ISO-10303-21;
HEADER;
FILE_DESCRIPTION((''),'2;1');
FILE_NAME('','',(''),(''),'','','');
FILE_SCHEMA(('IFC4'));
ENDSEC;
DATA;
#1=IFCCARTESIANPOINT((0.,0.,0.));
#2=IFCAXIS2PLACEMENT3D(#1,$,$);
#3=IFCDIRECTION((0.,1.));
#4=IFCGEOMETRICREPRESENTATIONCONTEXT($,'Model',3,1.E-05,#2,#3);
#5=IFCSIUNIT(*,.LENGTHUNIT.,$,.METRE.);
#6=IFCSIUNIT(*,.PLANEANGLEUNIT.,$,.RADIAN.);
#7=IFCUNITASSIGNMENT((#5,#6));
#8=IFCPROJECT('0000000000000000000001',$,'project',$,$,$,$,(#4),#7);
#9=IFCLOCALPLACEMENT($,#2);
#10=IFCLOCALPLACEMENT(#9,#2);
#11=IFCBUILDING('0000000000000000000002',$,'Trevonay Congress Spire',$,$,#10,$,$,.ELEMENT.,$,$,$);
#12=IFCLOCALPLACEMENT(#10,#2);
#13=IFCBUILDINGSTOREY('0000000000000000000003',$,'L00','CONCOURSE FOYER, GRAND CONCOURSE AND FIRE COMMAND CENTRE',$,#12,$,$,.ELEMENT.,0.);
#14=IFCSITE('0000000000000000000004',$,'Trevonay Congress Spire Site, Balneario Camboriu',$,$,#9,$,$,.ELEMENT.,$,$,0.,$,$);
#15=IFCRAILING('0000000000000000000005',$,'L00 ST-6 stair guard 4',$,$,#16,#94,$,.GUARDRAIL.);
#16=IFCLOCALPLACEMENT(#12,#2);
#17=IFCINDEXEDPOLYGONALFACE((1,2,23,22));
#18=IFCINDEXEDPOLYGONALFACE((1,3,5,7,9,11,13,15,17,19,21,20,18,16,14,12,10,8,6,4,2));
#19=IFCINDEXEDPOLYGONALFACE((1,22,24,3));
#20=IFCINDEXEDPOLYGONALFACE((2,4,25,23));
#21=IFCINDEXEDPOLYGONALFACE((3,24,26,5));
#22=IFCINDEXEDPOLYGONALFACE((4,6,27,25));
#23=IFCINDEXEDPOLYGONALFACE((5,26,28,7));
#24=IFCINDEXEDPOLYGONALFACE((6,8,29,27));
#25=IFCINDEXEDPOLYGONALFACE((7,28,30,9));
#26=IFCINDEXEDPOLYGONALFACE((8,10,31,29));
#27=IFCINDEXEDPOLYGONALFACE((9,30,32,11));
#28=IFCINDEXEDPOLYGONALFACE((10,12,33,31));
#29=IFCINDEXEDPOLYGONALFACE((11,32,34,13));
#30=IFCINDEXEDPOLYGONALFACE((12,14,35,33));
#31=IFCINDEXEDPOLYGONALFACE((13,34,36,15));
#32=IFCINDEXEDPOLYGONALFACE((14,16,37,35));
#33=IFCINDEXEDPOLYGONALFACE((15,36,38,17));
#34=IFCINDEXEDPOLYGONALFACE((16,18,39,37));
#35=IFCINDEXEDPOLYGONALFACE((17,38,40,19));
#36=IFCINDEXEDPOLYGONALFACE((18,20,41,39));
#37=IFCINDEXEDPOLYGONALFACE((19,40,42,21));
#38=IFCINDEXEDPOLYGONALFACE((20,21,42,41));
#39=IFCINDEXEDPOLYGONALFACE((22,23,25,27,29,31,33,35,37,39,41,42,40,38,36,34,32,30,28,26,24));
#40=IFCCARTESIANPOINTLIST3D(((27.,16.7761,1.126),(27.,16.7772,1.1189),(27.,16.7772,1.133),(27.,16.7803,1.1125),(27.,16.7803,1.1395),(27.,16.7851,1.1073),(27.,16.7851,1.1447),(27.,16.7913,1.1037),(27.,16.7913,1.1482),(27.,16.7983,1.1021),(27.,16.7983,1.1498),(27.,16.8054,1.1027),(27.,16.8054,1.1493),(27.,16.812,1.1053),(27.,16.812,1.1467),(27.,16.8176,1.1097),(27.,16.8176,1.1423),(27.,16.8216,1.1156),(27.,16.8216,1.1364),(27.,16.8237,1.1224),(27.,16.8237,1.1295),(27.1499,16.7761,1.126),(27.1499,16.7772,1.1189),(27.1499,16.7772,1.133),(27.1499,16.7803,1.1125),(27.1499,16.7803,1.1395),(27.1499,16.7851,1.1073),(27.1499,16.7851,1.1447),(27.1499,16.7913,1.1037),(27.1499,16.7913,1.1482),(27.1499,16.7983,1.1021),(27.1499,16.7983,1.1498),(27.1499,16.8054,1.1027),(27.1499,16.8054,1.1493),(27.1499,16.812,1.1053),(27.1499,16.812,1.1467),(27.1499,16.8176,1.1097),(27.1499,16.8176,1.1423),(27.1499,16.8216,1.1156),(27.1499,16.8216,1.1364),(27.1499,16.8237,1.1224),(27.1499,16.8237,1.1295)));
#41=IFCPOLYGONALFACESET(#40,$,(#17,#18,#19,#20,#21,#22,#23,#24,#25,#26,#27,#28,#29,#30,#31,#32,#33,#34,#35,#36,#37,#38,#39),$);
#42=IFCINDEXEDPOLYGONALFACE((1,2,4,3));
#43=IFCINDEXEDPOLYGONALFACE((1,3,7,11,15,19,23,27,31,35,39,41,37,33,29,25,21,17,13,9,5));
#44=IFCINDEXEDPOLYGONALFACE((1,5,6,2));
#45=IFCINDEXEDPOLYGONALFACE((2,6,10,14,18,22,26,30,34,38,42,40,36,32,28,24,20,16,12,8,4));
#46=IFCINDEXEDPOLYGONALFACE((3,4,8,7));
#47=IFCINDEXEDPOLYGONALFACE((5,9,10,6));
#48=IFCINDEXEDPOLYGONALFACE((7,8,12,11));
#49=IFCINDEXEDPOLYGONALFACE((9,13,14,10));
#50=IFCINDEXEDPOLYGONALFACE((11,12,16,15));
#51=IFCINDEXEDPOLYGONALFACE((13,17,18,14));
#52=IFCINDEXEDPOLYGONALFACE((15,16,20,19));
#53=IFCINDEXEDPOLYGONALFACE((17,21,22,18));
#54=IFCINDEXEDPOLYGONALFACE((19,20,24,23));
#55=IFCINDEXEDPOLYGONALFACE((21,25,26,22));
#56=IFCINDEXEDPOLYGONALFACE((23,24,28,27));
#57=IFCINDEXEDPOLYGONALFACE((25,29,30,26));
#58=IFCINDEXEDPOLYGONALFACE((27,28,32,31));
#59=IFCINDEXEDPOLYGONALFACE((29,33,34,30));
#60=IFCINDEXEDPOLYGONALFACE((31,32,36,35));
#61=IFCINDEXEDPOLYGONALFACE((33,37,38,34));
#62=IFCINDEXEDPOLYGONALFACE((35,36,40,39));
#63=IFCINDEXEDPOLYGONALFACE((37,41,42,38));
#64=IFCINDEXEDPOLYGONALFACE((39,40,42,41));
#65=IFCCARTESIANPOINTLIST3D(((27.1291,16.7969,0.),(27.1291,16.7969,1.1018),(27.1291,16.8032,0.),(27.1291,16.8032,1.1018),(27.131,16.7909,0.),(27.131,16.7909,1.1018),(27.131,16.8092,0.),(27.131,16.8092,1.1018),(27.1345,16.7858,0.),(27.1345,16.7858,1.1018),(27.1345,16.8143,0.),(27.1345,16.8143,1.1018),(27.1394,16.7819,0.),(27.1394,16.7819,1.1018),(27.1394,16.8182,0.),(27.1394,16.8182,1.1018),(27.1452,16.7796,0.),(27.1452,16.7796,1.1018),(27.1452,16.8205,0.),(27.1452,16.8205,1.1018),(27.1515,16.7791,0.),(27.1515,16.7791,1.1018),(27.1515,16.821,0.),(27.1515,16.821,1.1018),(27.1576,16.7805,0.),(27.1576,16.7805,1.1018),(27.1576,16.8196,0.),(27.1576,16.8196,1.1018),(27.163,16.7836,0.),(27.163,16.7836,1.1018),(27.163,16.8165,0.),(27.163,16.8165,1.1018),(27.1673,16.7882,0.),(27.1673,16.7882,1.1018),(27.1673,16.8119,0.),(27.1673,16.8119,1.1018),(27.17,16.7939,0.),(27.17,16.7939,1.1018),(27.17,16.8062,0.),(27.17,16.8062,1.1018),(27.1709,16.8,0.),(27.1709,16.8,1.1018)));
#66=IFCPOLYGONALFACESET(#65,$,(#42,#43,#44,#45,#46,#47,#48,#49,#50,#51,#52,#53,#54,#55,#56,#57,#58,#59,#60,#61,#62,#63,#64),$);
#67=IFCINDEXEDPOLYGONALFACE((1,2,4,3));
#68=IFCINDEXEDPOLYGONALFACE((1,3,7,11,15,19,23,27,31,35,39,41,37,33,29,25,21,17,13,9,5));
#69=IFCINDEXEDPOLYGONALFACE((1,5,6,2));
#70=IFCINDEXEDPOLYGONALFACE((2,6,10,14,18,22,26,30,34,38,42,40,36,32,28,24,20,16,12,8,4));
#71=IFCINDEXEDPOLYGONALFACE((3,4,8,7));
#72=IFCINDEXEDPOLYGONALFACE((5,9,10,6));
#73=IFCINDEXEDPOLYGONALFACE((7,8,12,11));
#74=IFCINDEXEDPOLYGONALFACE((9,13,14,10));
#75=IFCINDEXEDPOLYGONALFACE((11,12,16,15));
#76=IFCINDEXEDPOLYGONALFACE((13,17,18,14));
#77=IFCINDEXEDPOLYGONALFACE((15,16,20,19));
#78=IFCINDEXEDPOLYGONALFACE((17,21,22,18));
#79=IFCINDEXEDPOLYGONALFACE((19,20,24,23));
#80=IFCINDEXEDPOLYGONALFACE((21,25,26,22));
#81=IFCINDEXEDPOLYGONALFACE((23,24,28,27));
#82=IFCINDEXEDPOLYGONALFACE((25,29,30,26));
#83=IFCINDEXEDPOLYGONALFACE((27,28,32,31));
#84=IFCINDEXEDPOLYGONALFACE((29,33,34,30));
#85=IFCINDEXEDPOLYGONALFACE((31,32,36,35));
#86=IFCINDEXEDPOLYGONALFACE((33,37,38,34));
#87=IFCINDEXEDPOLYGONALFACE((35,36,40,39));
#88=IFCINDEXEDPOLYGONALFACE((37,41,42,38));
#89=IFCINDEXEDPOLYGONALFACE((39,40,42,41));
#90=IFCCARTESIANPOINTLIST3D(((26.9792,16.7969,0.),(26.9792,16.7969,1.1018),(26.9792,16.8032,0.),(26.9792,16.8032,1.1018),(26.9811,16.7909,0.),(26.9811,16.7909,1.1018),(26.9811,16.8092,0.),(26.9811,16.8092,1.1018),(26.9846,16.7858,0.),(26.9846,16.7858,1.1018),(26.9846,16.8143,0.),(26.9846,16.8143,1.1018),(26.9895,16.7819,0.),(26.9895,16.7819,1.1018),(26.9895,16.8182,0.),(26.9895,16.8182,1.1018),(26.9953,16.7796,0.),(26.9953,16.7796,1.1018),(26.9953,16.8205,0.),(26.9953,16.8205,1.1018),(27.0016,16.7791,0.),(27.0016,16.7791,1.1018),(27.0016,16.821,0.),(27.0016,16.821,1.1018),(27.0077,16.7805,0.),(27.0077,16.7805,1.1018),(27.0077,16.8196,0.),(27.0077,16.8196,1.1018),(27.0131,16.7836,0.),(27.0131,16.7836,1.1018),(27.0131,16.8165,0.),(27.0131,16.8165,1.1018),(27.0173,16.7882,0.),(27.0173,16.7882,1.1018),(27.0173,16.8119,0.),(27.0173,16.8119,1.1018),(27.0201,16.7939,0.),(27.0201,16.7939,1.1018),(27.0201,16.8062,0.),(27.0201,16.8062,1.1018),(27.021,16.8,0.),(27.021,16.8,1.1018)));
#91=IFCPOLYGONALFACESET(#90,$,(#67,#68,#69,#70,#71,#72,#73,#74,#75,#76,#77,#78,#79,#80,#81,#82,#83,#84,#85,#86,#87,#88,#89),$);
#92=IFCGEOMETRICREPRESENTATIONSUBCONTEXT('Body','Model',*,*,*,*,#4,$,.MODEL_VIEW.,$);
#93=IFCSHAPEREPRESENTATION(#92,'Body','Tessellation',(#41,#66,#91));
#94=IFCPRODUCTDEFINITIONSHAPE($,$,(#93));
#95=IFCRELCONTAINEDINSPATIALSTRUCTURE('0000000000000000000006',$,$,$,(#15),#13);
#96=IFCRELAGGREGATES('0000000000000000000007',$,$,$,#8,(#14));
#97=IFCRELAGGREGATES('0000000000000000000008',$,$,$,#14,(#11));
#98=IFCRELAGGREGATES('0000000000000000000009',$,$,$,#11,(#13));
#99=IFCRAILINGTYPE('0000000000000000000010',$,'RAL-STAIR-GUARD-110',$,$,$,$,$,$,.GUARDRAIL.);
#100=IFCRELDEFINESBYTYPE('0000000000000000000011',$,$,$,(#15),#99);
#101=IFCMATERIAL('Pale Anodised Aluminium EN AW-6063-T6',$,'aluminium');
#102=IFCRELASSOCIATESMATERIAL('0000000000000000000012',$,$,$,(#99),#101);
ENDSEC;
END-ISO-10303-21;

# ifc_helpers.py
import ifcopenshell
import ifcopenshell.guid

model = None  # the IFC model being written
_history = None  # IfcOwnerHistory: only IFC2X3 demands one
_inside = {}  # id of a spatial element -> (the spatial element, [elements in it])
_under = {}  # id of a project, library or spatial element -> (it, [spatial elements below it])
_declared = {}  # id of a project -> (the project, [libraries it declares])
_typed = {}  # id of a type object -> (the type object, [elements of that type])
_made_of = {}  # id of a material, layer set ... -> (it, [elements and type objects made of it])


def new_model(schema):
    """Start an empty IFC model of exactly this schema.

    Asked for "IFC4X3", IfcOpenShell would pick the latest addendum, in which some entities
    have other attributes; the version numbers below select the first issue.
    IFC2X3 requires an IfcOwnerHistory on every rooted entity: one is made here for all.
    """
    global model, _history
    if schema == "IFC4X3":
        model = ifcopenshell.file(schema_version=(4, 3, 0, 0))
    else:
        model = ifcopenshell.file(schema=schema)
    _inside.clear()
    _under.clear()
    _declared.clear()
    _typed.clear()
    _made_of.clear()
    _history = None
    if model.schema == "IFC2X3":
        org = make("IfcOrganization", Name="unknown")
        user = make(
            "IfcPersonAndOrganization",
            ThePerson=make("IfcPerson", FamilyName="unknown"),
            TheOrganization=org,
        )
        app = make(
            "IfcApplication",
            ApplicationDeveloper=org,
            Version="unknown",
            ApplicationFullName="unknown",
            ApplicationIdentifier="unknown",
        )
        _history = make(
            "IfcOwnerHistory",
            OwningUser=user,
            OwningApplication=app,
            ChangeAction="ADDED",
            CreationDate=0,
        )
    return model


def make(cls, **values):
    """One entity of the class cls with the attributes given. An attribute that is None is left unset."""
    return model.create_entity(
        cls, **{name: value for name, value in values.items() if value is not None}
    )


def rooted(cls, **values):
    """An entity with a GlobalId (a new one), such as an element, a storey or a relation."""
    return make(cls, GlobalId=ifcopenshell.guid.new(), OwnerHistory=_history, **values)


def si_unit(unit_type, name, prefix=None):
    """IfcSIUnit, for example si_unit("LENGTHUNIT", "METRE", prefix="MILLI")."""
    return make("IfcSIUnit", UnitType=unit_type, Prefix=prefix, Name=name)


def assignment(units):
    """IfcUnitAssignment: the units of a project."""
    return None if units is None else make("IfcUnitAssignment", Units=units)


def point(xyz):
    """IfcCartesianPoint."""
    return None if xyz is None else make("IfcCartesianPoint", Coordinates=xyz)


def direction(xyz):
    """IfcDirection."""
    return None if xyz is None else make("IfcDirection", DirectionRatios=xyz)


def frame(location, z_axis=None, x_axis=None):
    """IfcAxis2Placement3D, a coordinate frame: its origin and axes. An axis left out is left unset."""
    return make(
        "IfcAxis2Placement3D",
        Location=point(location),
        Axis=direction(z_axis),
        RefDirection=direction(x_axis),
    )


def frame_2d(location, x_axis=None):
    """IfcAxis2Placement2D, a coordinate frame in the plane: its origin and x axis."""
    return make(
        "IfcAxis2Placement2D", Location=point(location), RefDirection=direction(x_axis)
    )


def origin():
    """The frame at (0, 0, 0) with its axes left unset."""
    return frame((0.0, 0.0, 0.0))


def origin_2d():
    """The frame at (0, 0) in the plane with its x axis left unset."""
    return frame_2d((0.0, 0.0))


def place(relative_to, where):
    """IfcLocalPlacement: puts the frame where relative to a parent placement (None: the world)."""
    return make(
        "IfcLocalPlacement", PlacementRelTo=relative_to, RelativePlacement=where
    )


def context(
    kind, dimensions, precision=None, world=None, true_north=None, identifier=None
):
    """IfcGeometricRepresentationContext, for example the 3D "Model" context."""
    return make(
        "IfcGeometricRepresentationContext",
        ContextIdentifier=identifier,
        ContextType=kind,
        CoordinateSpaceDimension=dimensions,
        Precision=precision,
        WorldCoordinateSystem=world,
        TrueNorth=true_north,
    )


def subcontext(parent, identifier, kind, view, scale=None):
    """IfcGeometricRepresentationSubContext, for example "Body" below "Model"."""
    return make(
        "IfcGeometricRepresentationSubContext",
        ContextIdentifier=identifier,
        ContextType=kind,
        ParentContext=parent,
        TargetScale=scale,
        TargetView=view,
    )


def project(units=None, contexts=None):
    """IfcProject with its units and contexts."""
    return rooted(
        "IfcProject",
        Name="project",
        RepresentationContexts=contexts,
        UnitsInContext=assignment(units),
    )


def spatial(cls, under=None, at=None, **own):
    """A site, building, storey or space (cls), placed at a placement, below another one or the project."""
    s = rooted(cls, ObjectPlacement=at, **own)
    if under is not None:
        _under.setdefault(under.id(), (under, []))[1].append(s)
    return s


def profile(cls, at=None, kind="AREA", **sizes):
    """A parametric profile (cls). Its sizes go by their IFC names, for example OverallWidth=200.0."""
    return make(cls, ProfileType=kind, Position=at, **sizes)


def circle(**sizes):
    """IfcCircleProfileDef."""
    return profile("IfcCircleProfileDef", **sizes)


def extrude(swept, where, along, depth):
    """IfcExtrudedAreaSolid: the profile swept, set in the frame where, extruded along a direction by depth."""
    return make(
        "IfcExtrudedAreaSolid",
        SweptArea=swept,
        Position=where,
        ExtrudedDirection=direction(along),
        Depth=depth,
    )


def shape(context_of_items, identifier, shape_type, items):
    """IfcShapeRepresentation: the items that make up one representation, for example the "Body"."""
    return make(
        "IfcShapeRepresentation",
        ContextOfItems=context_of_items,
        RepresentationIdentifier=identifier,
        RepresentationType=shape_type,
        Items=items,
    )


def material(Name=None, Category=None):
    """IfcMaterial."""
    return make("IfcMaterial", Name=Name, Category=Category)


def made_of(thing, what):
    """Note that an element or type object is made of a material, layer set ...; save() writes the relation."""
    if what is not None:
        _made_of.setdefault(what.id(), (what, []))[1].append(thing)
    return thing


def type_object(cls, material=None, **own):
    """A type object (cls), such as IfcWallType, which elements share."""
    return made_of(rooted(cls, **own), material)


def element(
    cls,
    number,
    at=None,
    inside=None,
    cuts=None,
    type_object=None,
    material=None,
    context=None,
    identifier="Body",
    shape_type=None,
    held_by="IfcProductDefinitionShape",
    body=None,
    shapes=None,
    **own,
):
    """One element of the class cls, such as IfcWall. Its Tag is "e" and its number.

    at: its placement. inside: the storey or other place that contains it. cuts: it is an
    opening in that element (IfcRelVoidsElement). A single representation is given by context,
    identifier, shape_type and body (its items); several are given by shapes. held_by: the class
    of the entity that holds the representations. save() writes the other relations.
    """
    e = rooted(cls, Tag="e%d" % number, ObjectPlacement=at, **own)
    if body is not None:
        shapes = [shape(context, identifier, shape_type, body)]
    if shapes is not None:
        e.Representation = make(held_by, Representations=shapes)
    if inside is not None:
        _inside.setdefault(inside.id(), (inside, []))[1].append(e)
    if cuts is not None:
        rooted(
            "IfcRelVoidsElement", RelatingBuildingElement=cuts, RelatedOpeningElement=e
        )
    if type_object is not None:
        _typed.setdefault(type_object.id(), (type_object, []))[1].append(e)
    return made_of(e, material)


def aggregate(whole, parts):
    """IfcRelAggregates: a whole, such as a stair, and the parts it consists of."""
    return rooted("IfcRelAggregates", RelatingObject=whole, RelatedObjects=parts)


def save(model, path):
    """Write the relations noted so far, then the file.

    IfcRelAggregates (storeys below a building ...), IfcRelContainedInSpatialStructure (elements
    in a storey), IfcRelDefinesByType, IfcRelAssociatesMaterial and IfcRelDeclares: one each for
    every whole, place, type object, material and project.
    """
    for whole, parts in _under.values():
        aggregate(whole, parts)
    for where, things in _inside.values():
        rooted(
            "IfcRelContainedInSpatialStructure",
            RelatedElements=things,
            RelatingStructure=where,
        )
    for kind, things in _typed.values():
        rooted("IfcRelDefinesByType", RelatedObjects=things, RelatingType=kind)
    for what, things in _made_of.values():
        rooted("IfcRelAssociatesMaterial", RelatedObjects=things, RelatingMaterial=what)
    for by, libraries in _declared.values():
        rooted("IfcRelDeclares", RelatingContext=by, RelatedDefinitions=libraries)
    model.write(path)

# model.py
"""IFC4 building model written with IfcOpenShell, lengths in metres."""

from ifc_helpers import new_model, si_unit, direction, frame, origin, origin_2d, place, context, subcontext, project, spatial, circle, extrude, material, type_object, element, save


model = new_model("IFC4")

# Units and contexts
model_context = context("Model", 3, precision=1e-05, world=origin(), true_north=direction((0.0, 1.0)))
body_context = subcontext(model_context, "Body", "Model", "MODEL_VIEW")
ifc_project = project(units=[si_unit("LENGTHUNIT", "METRE"), si_unit("PLANEANGLEUNIT", "RADIAN")], contexts=[model_context])

# Site, building, storey
site_placement = place(None, origin())
site = spatial("IfcSite", under=ifc_project, at=site_placement, Name="Trevonay Congress Spire Site, Balneario Camboriu", CompositionType="ELEMENT", RefElevation=0.0)
building_placement = place(site_placement, origin())
building = spatial("IfcBuilding", under=site, at=building_placement, Name="Trevonay Congress Spire", CompositionType="ELEMENT")
storey_placement = place(building_placement, origin())
storey = spatial("IfcBuildingStorey", under=building, at=storey_placement, Name="L00", Description="CONCOURSE FOYER, GRAND CONCOURSE AND FIRE COMMAND CENTRE", CompositionType="ELEMENT", Elevation=0.0)

# Shared definitions
ifc_material_1 = material(Name="Pale Anodised Aluminium EN AW-6063-T6", Category="aluminium")

# Railing
railing_type_1 = type_object("IfcRailingType", Name="RAL-STAIR-GUARD-110", PredefinedType="GUARDRAIL", material=ifc_material_1)
railing_1_placement = place(storey_placement, frame((27.1499, 16.8, 0.0)))
element("IfcRailing", 1, at=railing_1_placement, inside=storey, type_object=railing_type_1, Name="L00 ST-6 stair guard 4", PredefinedType="GUARDRAIL", context=body_context, shape_type="SweptSolid", body=[
    extrude(circle(Radius=0.0239, at=origin_2d()), frame((0.0, 0.0, 1.126), z_axis=(-1.0, 0.0, 0.0), x_axis=(0.0, -1.0, 0.0)), (0.0, 0.0, 1.0), 0.1499),
    extrude(circle(Radius=0.021, at=origin_2d()), origin(), (0.0, 0.0, 1.0), 1.1018),
    extrude(circle(Radius=0.021, at=origin_2d()), frame((-0.1499, 0.0, 0.0)), (0.0, 0.0, 1.0), 1.1018),
])

save(model, "model.ifc")
